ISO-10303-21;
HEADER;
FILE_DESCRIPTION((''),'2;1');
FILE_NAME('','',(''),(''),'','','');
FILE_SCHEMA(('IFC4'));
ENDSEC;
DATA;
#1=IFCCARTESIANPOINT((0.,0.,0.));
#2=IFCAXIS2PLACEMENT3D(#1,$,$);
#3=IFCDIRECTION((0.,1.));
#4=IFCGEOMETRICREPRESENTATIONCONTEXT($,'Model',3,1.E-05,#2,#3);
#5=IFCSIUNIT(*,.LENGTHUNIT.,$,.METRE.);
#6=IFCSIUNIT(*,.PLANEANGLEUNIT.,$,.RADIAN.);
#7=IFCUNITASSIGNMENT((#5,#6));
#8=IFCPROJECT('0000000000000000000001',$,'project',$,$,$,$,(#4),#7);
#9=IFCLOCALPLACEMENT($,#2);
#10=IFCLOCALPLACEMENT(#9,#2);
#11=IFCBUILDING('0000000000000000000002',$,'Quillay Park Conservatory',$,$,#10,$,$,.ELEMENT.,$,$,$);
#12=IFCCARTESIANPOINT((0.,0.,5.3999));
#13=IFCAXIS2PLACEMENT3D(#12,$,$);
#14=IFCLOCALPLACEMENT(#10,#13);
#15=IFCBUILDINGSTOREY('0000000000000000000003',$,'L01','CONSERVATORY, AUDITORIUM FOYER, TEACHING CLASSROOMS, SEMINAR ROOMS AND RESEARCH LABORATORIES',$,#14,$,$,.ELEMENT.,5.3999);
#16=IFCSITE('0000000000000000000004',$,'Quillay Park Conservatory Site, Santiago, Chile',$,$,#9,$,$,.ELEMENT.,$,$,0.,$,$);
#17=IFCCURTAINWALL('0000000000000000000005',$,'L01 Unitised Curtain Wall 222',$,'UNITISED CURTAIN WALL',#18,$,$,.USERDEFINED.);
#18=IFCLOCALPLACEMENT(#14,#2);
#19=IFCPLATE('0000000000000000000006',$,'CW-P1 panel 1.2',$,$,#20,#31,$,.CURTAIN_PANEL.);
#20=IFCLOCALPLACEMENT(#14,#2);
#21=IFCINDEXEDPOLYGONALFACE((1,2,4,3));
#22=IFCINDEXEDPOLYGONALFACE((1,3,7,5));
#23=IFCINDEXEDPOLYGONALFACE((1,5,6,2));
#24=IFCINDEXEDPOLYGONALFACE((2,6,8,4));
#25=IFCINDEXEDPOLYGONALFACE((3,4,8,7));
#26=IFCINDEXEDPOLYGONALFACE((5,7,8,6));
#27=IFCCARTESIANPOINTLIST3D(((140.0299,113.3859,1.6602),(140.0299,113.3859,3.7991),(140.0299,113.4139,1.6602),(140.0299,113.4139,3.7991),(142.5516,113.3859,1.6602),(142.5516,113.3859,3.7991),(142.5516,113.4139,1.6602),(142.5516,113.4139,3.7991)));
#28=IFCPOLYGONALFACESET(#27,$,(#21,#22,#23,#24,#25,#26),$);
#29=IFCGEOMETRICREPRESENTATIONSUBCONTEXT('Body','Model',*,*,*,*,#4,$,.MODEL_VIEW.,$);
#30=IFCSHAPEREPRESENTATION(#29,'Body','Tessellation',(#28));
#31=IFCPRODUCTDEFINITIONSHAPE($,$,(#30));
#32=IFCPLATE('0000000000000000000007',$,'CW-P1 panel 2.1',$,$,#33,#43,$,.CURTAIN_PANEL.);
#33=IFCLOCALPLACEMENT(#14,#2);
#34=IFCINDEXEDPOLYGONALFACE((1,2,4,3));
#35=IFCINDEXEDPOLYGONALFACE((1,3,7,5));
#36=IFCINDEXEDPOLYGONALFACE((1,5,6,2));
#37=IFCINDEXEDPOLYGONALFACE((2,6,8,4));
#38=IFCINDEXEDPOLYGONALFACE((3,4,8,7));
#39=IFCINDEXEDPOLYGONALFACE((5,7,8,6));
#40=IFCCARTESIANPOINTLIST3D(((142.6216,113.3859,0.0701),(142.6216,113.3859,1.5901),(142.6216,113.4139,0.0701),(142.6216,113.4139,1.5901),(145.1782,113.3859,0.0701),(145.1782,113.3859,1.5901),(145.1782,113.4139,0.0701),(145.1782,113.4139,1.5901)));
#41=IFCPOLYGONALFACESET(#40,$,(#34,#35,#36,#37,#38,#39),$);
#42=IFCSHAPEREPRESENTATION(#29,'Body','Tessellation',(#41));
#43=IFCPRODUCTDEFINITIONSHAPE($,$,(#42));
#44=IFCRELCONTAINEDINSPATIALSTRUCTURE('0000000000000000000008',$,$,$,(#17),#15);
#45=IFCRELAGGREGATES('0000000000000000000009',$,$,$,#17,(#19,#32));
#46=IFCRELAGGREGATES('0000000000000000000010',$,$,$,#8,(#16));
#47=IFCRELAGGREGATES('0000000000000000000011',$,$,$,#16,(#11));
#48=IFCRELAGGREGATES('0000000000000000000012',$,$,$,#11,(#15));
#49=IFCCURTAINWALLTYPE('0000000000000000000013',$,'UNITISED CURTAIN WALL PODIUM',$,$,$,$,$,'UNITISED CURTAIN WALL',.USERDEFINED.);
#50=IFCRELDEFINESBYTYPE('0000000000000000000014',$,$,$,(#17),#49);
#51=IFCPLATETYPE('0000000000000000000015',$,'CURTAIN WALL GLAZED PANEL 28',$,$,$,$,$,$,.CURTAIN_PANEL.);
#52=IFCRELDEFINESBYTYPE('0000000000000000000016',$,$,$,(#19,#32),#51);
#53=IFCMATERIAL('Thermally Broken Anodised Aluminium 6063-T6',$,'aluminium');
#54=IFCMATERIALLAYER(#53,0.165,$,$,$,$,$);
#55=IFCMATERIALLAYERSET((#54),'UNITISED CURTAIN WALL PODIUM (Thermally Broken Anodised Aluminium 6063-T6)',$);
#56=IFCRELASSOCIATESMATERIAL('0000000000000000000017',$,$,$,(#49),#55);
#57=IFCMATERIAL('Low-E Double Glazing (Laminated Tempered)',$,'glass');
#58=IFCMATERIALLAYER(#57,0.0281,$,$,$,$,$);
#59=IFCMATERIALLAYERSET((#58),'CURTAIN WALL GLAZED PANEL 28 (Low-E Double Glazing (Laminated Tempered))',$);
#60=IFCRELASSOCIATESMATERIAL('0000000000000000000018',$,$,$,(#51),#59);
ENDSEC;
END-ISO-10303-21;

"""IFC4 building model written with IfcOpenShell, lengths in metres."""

from ifc_helpers import new_model, si_unit, direction, frame, origin, origin_2d, place, context, subcontext, project, spatial, rectangle, extrude, material, layer, layer_set, type_object, element, aggregate, save


model = new_model("IFC4")

# Units and contexts
model_context = context("Model", 3, precision=1e-05, world=origin(), true_north=direction((0.0, 1.0)))
body_context = subcontext(model_context, "Body", "Model", "MODEL_VIEW")
ifc_project = project(units=[si_unit("LENGTHUNIT", "METRE"), si_unit("PLANEANGLEUNIT", "RADIAN")], contexts=[model_context])

# Site, building, storey
site_placement = place(None, origin())
site = spatial("IfcSite", under=ifc_project, at=site_placement, Name="Quillay Park Conservatory Site, Santiago, Chile", CompositionType="ELEMENT", RefElevation=0.0)
building_placement = place(site_placement, origin())
building = spatial("IfcBuilding", under=site, at=building_placement, Name="Quillay Park Conservatory", CompositionType="ELEMENT")
storey_placement = place(building_placement, frame((0.0, 0.0, 5.3999)))
storey = spatial("IfcBuildingStorey", under=building, at=storey_placement, Name="L01", Description="CONSERVATORY, AUDITORIUM FOYER, TEACHING CLASSROOMS, SEMINAR ROOMS AND RESEARCH LABORATORIES", CompositionType="ELEMENT", Elevation=5.3999)

# Curtain wall
ifc_material_1 = material(Name="Thermally Broken Anodised Aluminium 6063-T6", Category="aluminium")
ifc_layer_1 = layer(ifc_material_1, 0.165)
ifc_layer_set_1 = layer_set([ifc_layer_1], Name="UNITISED CURTAIN WALL PODIUM (Thermally Broken Anodised Aluminium 6063-T6)")
curtain_wall_type = type_object("IfcCurtainWallType", Name="UNITISED CURTAIN WALL PODIUM", ElementType="UNITISED CURTAIN WALL", PredefinedType="USERDEFINED", material=ifc_layer_set_1)
curtain_wall_1_placement = place(storey_placement, origin())
curtain_wall_1 = element("IfcCurtainWall", 1, at=curtain_wall_1_placement, inside=storey, type_object=curtain_wall_type, Name="L01 Unitised Curtain Wall 222", ObjectType="UNITISED CURTAIN WALL", PredefinedType="USERDEFINED")

# Plates
ifc_material_2 = material(Name="Low-E Double Glazing (Laminated Tempered)", Category="glass")
ifc_layer_2 = layer(ifc_material_2, 0.0281)
ifc_layer_set_2 = layer_set([ifc_layer_2], Name="CURTAIN WALL GLAZED PANEL 28 (Low-E Double Glazing (Laminated Tempered))")
plate_type = type_object("IfcPlateType", Name="CURTAIN WALL GLAZED PANEL 28", PredefinedType="CURTAIN_PANEL", material=ifc_layer_set_2)
plate_1_placement = place(storey_placement, frame((141.2908, 113.3999, 1.6602), z_axis=(0.0, 0.0, 1.0), x_axis=(1.0, 0.0, 0.0)))
plate_1 = element("IfcPlate", 2, at=plate_1_placement, type_object=plate_type, Name="CW-P1 panel 1.2", PredefinedType="CURTAIN_PANEL", context=body_context, shape_type="SweptSolid", body=[
    extrude(rectangle(XDim=2.5217, YDim=0.0281, at=origin_2d()), origin(), (0.0, 0.0, 1.0), 2.1389),
])
plate_2_placement = place(storey_placement, frame((143.8999, 113.3999, 0.0701), z_axis=(0.0, 0.0, 1.0), x_axis=(1.0, 0.0, 0.0)))
plate_2 = element("IfcPlate", 3, at=plate_2_placement, type_object=plate_type, Name="CW-P1 panel 2.1", PredefinedType="CURTAIN_PANEL", context=body_context, shape_type="SweptSolid", body=[
    extrude(rectangle(XDim=2.5566, YDim=0.0281, at=origin_2d()), origin(), (0.0, 0.0, 1.0), 1.52),
])
aggregate(curtain_wall_1, [plate_1, plate_2])

save(model, "model.ifc")
